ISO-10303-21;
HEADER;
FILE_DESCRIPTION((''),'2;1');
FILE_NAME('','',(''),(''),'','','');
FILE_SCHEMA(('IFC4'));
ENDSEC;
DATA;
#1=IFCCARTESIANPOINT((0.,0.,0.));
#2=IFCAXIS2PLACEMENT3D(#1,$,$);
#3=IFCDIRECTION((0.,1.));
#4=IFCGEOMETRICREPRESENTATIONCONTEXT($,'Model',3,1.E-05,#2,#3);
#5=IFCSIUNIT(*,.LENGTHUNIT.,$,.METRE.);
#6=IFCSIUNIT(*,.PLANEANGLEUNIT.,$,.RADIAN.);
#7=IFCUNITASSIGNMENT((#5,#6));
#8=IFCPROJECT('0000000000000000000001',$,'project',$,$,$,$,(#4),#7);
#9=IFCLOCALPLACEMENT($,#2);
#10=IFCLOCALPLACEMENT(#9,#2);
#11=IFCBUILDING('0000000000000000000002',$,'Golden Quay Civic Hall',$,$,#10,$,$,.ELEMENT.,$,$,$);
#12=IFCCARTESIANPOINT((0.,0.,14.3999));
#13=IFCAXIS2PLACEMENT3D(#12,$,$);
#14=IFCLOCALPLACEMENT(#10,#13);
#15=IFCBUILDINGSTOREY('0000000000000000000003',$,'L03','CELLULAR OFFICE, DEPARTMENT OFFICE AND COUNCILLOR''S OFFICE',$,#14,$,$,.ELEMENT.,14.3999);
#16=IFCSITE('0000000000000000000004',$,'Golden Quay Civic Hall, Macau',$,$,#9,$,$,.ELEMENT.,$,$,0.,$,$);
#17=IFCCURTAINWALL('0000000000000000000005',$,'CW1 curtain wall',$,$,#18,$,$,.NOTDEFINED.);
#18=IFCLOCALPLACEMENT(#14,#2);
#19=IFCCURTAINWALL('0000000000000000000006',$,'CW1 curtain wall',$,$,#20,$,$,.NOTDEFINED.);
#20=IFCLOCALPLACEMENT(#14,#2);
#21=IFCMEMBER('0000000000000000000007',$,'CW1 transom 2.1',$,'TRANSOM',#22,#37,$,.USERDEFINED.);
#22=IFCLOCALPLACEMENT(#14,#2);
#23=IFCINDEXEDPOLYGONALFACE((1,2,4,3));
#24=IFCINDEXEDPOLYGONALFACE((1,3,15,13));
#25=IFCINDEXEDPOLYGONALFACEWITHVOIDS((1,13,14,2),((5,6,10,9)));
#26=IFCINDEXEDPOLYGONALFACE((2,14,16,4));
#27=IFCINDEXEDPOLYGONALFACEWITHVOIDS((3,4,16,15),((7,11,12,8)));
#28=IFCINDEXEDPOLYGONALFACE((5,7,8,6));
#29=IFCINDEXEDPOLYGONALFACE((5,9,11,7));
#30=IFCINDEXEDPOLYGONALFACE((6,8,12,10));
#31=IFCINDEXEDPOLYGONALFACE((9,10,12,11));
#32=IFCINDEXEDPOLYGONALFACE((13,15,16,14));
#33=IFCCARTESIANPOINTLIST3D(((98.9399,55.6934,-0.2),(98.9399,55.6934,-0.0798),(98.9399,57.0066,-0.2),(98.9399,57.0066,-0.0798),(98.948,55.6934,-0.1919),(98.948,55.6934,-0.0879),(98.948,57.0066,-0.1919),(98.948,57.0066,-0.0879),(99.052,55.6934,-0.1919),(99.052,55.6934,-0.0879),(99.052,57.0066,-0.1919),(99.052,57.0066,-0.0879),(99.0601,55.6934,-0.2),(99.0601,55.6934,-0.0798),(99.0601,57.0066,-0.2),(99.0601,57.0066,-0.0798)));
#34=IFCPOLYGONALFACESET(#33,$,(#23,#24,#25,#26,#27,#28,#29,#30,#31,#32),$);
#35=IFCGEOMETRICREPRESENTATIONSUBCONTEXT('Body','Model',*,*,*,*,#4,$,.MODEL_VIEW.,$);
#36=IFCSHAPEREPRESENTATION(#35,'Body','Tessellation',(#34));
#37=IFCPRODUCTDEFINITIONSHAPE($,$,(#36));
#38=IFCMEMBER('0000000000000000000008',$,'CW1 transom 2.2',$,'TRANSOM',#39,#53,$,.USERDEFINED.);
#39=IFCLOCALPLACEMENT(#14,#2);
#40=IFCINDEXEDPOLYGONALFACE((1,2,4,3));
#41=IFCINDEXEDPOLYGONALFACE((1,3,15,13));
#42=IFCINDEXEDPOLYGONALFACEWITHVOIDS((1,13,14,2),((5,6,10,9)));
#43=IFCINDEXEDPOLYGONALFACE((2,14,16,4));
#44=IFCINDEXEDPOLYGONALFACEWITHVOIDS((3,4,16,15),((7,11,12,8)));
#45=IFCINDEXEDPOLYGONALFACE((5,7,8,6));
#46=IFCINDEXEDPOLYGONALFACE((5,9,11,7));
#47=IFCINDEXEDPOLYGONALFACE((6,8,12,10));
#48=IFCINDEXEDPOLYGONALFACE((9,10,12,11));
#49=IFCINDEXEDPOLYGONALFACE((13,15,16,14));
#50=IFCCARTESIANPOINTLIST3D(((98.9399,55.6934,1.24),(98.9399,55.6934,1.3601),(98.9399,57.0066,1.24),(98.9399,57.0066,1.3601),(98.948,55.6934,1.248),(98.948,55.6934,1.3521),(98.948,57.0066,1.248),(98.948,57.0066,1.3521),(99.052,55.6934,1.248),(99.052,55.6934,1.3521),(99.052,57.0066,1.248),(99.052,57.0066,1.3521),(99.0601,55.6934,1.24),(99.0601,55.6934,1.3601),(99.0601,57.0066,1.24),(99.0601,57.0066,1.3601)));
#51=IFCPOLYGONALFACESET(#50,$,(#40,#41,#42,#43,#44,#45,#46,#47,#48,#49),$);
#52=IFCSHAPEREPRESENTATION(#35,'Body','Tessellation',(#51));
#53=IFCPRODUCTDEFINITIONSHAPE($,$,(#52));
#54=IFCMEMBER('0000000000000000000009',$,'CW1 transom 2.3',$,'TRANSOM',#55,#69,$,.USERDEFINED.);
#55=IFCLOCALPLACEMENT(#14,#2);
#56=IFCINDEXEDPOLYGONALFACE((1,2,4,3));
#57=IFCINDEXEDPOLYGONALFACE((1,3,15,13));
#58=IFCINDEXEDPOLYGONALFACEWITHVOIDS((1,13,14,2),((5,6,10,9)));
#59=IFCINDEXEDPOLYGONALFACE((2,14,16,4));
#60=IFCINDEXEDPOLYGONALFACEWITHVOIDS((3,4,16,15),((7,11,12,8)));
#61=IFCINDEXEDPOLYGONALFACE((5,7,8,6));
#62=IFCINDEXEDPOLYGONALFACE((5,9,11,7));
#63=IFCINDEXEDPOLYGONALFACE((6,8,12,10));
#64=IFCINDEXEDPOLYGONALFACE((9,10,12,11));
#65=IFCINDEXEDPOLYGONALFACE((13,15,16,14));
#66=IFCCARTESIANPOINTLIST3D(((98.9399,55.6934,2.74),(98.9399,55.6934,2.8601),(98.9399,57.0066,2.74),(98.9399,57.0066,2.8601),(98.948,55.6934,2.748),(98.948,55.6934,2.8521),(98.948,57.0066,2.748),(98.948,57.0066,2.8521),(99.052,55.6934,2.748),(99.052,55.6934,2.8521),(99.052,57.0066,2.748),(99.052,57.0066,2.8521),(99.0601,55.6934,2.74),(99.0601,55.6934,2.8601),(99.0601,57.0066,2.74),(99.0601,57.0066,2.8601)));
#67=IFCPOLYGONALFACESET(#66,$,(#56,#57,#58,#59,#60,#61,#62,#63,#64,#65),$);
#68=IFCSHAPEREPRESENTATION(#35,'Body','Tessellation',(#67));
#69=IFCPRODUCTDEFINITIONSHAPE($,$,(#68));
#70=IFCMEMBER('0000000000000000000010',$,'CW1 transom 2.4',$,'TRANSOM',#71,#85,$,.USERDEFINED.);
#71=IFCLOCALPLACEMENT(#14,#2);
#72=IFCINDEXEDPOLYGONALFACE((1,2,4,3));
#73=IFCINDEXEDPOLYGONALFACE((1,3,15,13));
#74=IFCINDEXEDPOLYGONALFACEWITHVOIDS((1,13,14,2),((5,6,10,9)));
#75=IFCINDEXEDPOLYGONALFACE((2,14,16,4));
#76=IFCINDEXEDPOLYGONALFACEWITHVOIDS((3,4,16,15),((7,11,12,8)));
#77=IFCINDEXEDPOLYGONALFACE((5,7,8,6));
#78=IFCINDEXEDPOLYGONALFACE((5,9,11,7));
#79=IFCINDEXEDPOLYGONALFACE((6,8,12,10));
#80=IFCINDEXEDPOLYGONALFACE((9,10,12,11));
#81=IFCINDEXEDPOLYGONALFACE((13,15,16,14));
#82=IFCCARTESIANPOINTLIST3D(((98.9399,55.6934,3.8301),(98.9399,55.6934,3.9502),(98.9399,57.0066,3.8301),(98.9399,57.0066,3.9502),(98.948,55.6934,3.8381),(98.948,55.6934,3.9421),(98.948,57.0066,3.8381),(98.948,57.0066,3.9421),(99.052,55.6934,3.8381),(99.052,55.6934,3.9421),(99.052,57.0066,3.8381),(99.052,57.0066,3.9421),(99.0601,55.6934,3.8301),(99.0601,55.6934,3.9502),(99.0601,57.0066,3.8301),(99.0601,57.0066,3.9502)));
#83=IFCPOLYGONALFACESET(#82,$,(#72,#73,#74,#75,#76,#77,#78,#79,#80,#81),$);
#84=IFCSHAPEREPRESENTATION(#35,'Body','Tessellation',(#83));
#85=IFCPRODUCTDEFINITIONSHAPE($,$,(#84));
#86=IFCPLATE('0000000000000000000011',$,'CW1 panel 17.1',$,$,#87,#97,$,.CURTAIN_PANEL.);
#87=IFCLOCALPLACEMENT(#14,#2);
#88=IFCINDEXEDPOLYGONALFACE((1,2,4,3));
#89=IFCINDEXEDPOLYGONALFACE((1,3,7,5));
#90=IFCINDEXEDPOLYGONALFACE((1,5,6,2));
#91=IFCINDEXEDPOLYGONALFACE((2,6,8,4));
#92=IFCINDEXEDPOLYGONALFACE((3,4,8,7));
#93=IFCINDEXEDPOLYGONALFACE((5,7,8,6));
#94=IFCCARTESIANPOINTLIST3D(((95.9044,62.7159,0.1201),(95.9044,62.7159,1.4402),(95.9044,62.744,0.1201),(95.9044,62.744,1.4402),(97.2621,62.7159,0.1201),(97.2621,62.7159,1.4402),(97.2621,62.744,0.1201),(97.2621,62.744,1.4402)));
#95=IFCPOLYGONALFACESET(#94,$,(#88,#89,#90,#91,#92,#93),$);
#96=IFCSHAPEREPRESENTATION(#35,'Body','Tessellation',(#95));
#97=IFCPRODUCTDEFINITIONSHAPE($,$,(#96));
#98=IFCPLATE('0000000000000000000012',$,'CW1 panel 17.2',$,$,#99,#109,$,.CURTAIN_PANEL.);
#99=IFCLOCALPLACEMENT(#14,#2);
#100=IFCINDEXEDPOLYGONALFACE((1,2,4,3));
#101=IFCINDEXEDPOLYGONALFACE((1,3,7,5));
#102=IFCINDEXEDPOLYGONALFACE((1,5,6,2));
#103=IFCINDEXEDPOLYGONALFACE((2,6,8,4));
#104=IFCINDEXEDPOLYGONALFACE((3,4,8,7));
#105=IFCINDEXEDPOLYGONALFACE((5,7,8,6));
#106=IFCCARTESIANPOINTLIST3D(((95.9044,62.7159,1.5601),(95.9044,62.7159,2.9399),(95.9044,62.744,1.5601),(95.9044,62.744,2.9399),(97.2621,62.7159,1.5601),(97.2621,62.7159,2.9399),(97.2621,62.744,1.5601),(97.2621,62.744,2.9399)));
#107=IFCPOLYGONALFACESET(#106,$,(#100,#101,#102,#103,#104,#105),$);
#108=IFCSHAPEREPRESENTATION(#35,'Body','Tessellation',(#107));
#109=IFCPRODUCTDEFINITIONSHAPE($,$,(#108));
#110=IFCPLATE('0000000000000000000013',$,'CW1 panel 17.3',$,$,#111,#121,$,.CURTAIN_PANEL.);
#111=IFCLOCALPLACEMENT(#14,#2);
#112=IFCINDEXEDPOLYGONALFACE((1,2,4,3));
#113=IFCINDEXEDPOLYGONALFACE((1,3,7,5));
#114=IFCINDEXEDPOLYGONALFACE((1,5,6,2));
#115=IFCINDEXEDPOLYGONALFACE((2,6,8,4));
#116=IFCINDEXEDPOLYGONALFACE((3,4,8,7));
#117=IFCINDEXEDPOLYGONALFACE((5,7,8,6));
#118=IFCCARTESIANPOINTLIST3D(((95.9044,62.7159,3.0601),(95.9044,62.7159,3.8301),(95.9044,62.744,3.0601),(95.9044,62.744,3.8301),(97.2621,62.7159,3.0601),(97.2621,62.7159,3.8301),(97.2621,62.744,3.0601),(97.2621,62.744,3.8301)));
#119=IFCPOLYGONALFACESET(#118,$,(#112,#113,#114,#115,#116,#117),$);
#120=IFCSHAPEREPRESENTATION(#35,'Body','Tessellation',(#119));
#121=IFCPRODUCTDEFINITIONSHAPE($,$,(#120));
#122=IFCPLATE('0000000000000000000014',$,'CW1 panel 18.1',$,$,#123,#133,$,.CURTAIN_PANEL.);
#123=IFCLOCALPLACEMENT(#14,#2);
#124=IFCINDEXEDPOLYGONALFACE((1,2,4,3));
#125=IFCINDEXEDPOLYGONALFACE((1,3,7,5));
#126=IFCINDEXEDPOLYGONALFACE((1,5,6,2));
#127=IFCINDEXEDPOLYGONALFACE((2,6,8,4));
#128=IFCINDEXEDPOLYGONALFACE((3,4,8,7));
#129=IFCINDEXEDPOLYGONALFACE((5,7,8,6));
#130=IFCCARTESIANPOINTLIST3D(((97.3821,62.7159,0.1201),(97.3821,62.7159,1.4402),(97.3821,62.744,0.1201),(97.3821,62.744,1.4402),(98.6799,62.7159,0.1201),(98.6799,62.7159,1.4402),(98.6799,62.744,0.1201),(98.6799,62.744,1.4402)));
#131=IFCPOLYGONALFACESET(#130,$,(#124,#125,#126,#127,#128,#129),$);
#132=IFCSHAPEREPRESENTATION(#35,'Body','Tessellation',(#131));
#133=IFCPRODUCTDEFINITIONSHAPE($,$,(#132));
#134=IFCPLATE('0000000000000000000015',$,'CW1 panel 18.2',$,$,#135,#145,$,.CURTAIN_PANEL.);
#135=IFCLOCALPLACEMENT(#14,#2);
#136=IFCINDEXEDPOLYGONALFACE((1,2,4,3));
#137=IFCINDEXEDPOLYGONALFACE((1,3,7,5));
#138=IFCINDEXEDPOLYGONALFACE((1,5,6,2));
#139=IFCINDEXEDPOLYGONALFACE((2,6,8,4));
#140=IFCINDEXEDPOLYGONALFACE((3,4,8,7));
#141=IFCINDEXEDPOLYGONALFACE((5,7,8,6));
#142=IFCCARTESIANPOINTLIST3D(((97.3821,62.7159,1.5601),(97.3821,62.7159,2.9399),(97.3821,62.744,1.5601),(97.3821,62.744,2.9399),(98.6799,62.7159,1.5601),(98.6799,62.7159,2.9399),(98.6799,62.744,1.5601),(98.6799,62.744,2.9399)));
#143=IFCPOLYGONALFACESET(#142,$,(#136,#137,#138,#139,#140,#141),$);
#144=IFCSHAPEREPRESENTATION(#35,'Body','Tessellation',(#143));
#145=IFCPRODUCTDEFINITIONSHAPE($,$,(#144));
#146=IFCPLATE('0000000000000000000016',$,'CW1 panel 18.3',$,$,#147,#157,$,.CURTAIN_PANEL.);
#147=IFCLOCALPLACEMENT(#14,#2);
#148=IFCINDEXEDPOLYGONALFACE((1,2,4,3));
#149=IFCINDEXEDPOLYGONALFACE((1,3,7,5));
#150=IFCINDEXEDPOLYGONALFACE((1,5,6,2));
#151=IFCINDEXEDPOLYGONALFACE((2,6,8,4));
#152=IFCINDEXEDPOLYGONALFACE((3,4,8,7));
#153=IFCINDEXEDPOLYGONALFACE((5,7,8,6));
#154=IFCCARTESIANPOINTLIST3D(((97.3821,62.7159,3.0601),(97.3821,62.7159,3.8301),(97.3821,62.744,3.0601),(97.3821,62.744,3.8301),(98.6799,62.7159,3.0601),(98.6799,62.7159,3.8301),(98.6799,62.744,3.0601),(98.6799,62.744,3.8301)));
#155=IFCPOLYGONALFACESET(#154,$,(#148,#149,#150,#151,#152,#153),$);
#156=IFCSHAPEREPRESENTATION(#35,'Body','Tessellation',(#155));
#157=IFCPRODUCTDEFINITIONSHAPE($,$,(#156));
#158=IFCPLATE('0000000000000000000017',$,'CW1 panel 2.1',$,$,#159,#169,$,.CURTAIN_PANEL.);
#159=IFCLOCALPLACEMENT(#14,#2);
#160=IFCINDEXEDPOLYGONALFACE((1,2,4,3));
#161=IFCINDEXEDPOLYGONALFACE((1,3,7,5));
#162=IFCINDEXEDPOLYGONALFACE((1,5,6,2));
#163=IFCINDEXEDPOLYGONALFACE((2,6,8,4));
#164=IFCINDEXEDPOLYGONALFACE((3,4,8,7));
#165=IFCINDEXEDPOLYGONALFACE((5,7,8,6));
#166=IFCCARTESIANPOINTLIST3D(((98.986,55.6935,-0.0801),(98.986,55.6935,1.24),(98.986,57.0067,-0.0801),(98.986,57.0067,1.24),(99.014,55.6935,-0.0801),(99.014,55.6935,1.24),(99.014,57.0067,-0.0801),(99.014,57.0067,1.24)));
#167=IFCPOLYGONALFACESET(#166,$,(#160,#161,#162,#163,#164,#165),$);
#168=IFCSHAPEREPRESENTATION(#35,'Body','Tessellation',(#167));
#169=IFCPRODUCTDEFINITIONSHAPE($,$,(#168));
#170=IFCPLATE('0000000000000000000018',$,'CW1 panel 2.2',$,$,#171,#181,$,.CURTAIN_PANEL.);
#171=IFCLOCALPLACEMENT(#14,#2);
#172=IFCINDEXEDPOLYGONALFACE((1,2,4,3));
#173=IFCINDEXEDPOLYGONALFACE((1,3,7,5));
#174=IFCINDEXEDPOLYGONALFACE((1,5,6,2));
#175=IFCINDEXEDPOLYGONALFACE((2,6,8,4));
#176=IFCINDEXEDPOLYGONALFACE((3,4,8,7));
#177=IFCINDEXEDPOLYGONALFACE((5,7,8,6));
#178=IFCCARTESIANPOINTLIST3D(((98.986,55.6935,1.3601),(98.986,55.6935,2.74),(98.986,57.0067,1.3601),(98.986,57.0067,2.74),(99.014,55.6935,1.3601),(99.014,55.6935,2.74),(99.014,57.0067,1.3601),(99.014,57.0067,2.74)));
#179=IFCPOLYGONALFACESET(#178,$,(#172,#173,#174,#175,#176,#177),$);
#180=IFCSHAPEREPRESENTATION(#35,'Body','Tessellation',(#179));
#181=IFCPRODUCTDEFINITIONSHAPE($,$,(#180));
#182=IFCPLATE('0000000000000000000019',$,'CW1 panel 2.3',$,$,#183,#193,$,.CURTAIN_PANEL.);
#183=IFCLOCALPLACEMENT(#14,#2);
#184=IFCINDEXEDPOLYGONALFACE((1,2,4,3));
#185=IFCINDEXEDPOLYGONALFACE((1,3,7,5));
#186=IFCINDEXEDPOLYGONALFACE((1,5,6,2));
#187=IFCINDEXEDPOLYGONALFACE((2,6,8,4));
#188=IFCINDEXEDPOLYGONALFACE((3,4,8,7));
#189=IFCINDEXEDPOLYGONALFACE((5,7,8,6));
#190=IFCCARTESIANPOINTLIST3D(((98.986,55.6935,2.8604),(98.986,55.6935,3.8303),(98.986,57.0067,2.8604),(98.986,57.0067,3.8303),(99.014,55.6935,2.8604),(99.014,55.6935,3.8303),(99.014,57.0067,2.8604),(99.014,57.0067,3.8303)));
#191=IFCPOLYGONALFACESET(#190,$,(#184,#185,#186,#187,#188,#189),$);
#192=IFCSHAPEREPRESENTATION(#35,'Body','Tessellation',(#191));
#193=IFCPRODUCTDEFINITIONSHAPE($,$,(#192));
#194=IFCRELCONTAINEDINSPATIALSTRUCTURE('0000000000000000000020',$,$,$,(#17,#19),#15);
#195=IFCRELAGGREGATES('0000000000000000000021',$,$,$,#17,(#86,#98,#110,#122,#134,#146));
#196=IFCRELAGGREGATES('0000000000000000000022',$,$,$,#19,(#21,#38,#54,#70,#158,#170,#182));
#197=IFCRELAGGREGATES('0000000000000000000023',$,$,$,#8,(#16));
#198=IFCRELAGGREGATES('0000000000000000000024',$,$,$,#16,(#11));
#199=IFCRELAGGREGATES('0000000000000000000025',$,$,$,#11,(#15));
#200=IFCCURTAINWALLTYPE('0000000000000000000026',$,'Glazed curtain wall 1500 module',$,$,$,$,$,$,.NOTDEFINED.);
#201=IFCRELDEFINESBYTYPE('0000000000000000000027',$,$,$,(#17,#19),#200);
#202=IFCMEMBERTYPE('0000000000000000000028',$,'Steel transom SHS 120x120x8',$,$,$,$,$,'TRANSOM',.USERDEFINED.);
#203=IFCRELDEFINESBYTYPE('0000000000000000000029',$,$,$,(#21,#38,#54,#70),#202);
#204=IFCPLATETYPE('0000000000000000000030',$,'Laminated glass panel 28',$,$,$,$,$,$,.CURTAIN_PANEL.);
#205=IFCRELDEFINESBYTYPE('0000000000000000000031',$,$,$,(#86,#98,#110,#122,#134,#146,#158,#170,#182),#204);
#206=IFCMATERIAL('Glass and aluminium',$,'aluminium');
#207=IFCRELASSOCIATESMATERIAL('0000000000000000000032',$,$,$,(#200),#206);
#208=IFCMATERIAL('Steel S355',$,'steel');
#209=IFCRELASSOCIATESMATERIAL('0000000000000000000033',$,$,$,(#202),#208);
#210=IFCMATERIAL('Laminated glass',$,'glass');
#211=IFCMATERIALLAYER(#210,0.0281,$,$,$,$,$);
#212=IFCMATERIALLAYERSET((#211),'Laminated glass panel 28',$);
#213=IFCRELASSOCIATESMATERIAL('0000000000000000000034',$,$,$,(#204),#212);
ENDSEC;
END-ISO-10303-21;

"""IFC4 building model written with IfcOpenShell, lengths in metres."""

from ifc_helpers import new_model, si_unit, direction, frame, origin, origin_2d, place, context, subcontext, project, spatial, rectangle, hollow_rectangle, extrude, material, layer, layer_set, material_profile, profile_set, type_object, element, aggregate, save


model = new_model("IFC4")

# Units and contexts
model_context = context("Model", 3, precision=1e-05, world=origin(), true_north=direction((0.0, 1.0)))
body_context = subcontext(model_context, "Body", "Model", "MODEL_VIEW")
ifc_project = project(units=[si_unit("LENGTHUNIT", "METRE"), si_unit("PLANEANGLEUNIT", "RADIAN")], contexts=[model_context])

# Site, building, storey
site_placement = place(None, origin())
site = spatial("IfcSite", under=ifc_project, at=site_placement, Name="Golden Quay Civic Hall, Macau", CompositionType="ELEMENT", RefElevation=0.0)
building_placement = place(site_placement, origin())
building = spatial("IfcBuilding", under=site, at=building_placement, Name="Golden Quay Civic Hall", CompositionType="ELEMENT")
storey_placement = place(building_placement, frame((0.0, 0.0, 14.3999)))
storey = spatial("IfcBuildingStorey", under=building, at=storey_placement, Name="L03", Description="CELLULAR OFFICE, DEPARTMENT OFFICE AND COUNCILLOR'S OFFICE", CompositionType="ELEMENT", Elevation=14.3999)

# Curtain walls, members
ifc_material_1 = material(Name="Glass and aluminium", Category="aluminium")
curtain_wall_type = type_object("IfcCurtainWallType", Name="Glazed curtain wall 1500 module", PredefinedType="NOTDEFINED", material=ifc_material_1)
curtain_wall_1_placement = place(storey_placement, origin())
curtain_wall_1 = element("IfcCurtainWall", 1, at=curtain_wall_1_placement, inside=storey, type_object=curtain_wall_type, Name="CW1 curtain wall", PredefinedType="NOTDEFINED")
ifc_material_2 = material(Name="Steel S355", Category="steel")
ifc_material_profile_1 = material_profile(ifc_material_2, hollow_rectangle(XDim=0.1201, YDim=0.1201, WallThickness=0.0081, at=origin_2d()), Name="SHS 120x120x8")
ifc_profile_set_1 = profile_set([ifc_material_profile_1], Name="Steel S355")
member_type_1 = type_object("IfcMemberType", Name="Steel transom SHS 120x120x8", ElementType="TRANSOM", PredefinedType="USERDEFINED", material=ifc_profile_set_1)
curtain_wall_2_placement = place(storey_placement, origin())
curtain_wall_2 = element("IfcCurtainWall", 2, at=curtain_wall_2_placement, inside=storey, type_object=curtain_wall_type, Name="CW1 curtain wall", PredefinedType="NOTDEFINED")
member_1_placement = place(storey_placement, frame((99.0, 55.6934, -0.1399), z_axis=(0.0, 1.0, 0.0), x_axis=(-1.0, 0.0, 0.0)))
member_1 = element("IfcMember", 3, at=member_1_placement, type_object=member_type_1, Name="CW1 transom 2.1", ObjectType="TRANSOM", PredefinedType="USERDEFINED", context=body_context, shape_type="SweptSolid", body=[
    extrude(hollow_rectangle(XDim=0.1201, YDim=0.1201, WallThickness=0.0081, at=origin_2d()), origin(), (0.0, 0.0, 1.0), 1.3132),
])
member_2_placement = place(storey_placement, frame((99.0, 55.6934, 1.3), z_axis=(0.0, 1.0, 0.0), x_axis=(-1.0, 0.0, 0.0)))
member_2 = element("IfcMember", 4, at=member_2_placement, type_object=member_type_1, Name="CW1 transom 2.2", ObjectType="TRANSOM", PredefinedType="USERDEFINED", context=body_context, shape_type="SweptSolid", body=[
    extrude(hollow_rectangle(XDim=0.1201, YDim=0.1201, WallThickness=0.0081, at=origin_2d()), origin(), (0.0, 0.0, 1.0), 1.3132),
])
member_3_placement = place(storey_placement, frame((99.0, 55.6934, 2.8), z_axis=(0.0, 1.0, 0.0), x_axis=(-1.0, 0.0, 0.0)))
member_3 = element("IfcMember", 5, at=member_3_placement, type_object=member_type_1, Name="CW1 transom 2.3", ObjectType="TRANSOM", PredefinedType="USERDEFINED", context=body_context, shape_type="SweptSolid", body=[
    extrude(hollow_rectangle(XDim=0.1201, YDim=0.1201, WallThickness=0.0081, at=origin_2d()), origin(), (0.0, 0.0, 1.0), 1.3132),
])
member_4_placement = place(storey_placement, frame((99.0, 55.6934, 3.8901), z_axis=(0.0, 1.0, 0.0), x_axis=(-1.0, 0.0, 0.0)))
member_4 = element("IfcMember", 6, at=member_4_placement, type_object=member_type_1, Name="CW1 transom 2.4", ObjectType="TRANSOM", PredefinedType="USERDEFINED", context=body_context, shape_type="SweptSolid", body=[
    extrude(hollow_rectangle(XDim=0.1201, YDim=0.1201, WallThickness=0.0081, at=origin_2d()), origin(), (0.0, 0.0, 1.0), 1.3132),
])

# Plates
ifc_material_3 = material(Name="Laminated glass", Category="glass")
ifc_layer = layer(ifc_material_3, 0.0281)
ifc_layer_set = layer_set([ifc_layer], Name="Laminated glass panel 28")
plate_type = type_object("IfcPlateType", Name="Laminated glass panel 28", PredefinedType="CURTAIN_PANEL", material=ifc_layer_set)
plate_1_placement = place(storey_placement, frame((96.5833, 62.73, 0.1201), z_axis=(0.0, 0.0, 1.0), x_axis=(1.0, 0.0, 0.0)))
plate_1 = element("IfcPlate", 7, at=plate_1_placement, type_object=plate_type, Name="CW1 panel 17.1", PredefinedType="CURTAIN_PANEL", context=body_context, shape_type="SweptSolid", body=[
    extrude(rectangle(XDim=1.3577, YDim=0.0281, at=origin_2d()), origin(), (0.0, 0.0, 1.0), 1.3201),
])
plate_2_placement = place(storey_placement, frame((96.5833, 62.73, 1.5601), z_axis=(0.0, 0.0, 1.0), x_axis=(1.0, 0.0, 0.0)))
plate_2 = element("IfcPlate", 8, at=plate_2_placement, type_object=plate_type, Name="CW1 panel 17.2", PredefinedType="CURTAIN_PANEL", context=body_context, shape_type="SweptSolid", body=[
    extrude(rectangle(XDim=1.3577, YDim=0.0281, at=origin_2d()), origin(), (0.0, 0.0, 1.0), 1.3799),
])
plate_3_placement = place(storey_placement, frame((96.5833, 62.73, 3.0601), z_axis=(0.0, 0.0, 1.0), x_axis=(1.0, 0.0, 0.0)))
plate_3 = element("IfcPlate", 9, at=plate_3_placement, type_object=plate_type, Name="CW1 panel 17.3", PredefinedType="CURTAIN_PANEL", context=body_context, shape_type="SweptSolid", body=[
    extrude(rectangle(XDim=1.3577, YDim=0.0281, at=origin_2d()), origin(), (0.0, 0.0, 1.0), 0.77),
])
plate_4_placement = place(storey_placement, frame((98.031, 62.73, 0.1201), z_axis=(0.0, 0.0, 1.0), x_axis=(1.0, 0.0, 0.0)))
plate_4 = element("IfcPlate", 10, at=plate_4_placement, type_object=plate_type, Name="CW1 panel 18.1", PredefinedType="CURTAIN_PANEL", context=body_context, shape_type="SweptSolid", body=[
    extrude(rectangle(XDim=1.2979, YDim=0.0281, at=origin_2d()), origin(), (0.0, 0.0, 1.0), 1.3201),
])
plate_5_placement = place(storey_placement, frame((98.031, 62.73, 1.5601), z_axis=(0.0, 0.0, 1.0), x_axis=(1.0, 0.0, 0.0)))
plate_5 = element("IfcPlate", 11, at=plate_5_placement, type_object=plate_type, Name="CW1 panel 18.2", PredefinedType="CURTAIN_PANEL", context=body_context, shape_type="SweptSolid", body=[
    extrude(rectangle(XDim=1.2979, YDim=0.0281, at=origin_2d()), origin(), (0.0, 0.0, 1.0), 1.3799),
])
plate_6_placement = place(storey_placement, frame((98.031, 62.73, 3.0601), z_axis=(0.0, 0.0, 1.0), x_axis=(1.0, 0.0, 0.0)))
plate_6 = element("IfcPlate", 12, at=plate_6_placement, type_object=plate_type, Name="CW1 panel 18.3", PredefinedType="CURTAIN_PANEL", context=body_context, shape_type="SweptSolid", body=[
    extrude(rectangle(XDim=1.2979, YDim=0.0281, at=origin_2d()), origin(), (0.0, 0.0, 1.0), 0.77),
])
aggregate(curtain_wall_1, [plate_1, plate_2, plate_3, plate_4, plate_5, plate_6])
plate_7_placement = place(storey_placement, frame((99.0, 56.3501, -0.0801), z_axis=(0.0, 0.0, 1.0), x_axis=(0.0, 1.0, 0.0)))
plate_7 = element("IfcPlate", 13, at=plate_7_placement, type_object=plate_type, Name="CW1 panel 2.1", PredefinedType="CURTAIN_PANEL", context=body_context, shape_type="SweptSolid", body=[
    extrude(rectangle(XDim=1.3132, YDim=0.0281, at=origin_2d()), origin(), (0.0, 0.0, 1.0), 1.3201),
])
plate_8_placement = place(storey_placement, frame((99.0, 56.3501, 1.3601), z_axis=(0.0, 0.0, 1.0), x_axis=(0.0, 1.0, 0.0)))
plate_8 = element("IfcPlate", 14, at=plate_8_placement, type_object=plate_type, Name="CW1 panel 2.2", PredefinedType="CURTAIN_PANEL", context=body_context, shape_type="SweptSolid", body=[
    extrude(rectangle(XDim=1.3132, YDim=0.0281, at=origin_2d()), origin(), (0.0, 0.0, 1.0), 1.3799),
])
plate_9_placement = place(storey_placement, frame((99.0, 56.3501, 2.8604), z_axis=(0.0, 0.0, 1.0), x_axis=(0.0, 1.0, 0.0)))
plate_9 = element("IfcPlate", 15, at=plate_9_placement, type_object=plate_type, Name="CW1 panel 2.3", PredefinedType="CURTAIN_PANEL", context=body_context, shape_type="SweptSolid", body=[
    extrude(rectangle(XDim=1.3132, YDim=0.0281, at=origin_2d()), origin(), (0.0, 0.0, 1.0), 0.97),
])
aggregate(curtain_wall_2, [member_1, member_2, member_3, member_4, plate_7, plate_8, plate_9])

save(model, "model.ifc")
